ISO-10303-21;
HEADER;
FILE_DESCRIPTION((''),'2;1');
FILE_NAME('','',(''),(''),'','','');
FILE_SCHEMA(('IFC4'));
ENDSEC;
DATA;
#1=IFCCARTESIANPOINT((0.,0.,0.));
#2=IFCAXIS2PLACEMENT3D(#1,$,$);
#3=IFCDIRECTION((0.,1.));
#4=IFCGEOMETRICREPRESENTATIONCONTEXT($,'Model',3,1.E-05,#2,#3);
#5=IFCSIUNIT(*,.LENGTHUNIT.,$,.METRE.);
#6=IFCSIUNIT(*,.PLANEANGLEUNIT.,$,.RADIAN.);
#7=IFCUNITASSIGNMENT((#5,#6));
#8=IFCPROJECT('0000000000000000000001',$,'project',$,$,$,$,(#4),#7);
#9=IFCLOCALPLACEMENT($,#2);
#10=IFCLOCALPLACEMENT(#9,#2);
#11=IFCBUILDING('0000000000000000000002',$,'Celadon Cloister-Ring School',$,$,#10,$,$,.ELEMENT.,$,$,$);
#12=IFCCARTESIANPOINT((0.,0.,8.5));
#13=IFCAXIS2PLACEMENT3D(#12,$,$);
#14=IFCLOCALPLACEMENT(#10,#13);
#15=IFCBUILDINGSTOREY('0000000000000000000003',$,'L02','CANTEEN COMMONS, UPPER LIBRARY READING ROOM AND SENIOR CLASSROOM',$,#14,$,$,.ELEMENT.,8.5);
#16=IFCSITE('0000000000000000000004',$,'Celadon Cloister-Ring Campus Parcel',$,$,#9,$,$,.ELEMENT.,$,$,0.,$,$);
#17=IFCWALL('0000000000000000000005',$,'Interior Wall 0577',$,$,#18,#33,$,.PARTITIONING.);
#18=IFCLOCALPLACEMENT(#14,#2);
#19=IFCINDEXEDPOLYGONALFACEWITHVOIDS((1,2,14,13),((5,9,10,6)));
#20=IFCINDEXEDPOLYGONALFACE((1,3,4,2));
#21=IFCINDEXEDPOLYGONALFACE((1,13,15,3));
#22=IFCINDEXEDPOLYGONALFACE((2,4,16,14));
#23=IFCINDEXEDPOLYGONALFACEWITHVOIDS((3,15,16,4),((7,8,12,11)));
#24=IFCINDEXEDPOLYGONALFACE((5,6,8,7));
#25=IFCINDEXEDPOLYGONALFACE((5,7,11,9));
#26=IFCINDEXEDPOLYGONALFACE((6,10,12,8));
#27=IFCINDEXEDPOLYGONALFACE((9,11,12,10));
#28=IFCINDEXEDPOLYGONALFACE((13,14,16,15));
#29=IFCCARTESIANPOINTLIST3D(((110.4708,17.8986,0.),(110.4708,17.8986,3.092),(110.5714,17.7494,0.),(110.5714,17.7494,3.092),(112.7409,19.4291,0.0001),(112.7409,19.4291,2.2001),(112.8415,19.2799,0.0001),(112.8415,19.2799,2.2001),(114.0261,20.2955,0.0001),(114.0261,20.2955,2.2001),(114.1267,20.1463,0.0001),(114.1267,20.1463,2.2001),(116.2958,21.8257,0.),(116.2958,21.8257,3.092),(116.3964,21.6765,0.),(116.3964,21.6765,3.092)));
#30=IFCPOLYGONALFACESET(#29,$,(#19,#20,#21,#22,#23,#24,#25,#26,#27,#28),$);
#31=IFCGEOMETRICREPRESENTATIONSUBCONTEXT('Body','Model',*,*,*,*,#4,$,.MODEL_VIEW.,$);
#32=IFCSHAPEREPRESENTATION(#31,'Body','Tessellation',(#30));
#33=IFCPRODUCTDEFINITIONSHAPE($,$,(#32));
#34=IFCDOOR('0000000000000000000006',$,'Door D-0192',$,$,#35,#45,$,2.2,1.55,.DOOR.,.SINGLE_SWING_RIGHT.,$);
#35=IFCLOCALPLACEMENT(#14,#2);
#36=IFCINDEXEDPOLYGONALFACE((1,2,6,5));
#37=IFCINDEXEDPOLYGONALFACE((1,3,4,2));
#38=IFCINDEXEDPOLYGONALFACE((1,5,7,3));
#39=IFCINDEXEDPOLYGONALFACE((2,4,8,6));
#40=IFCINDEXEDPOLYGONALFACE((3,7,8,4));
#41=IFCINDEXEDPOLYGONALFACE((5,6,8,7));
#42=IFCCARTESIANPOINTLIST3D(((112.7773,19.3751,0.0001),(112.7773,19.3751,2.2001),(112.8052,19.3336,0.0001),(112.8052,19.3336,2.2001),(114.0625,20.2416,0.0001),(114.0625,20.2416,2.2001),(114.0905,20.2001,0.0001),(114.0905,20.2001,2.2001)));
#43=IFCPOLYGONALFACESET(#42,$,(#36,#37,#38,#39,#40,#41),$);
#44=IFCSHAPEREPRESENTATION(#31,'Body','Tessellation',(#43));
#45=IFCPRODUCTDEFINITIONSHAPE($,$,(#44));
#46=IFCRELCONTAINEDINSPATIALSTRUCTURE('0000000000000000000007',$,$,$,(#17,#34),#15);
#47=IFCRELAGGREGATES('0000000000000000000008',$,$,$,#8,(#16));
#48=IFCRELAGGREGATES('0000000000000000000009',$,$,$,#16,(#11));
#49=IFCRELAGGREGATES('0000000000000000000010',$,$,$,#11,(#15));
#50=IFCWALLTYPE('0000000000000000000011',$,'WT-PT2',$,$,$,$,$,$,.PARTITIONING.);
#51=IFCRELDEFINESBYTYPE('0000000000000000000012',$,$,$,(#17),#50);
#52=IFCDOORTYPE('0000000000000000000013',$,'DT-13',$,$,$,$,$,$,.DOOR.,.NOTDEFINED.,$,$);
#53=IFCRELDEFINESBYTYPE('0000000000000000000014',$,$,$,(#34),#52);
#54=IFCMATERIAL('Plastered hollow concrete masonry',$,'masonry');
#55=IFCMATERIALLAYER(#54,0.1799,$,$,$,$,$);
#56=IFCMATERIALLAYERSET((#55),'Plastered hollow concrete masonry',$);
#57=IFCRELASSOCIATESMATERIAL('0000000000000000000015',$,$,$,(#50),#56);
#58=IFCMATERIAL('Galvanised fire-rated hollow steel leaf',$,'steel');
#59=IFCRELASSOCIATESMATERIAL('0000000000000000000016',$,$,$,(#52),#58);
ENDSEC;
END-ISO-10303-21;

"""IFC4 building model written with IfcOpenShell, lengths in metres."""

from ifc_helpers import new_model, si_unit, direction, frame, frame_2d, origin, place, context, subcontext, project, spatial, rectangle, extrude, material, layer, layer_set, type_object, element, fill, save


model = new_model("IFC4")

# Units and contexts
model_context = context("Model", 3, precision=1e-05, world=origin(), true_north=direction((0.0, 1.0)))
body_context = subcontext(model_context, "Body", "Model", "MODEL_VIEW")
ifc_project = project(units=[si_unit("LENGTHUNIT", "METRE"), si_unit("PLANEANGLEUNIT", "RADIAN")], contexts=[model_context])

# Site, building, storey
site_placement = place(None, origin())
site = spatial("IfcSite", under=ifc_project, at=site_placement, Name="Celadon Cloister-Ring Campus Parcel", CompositionType="ELEMENT", RefElevation=0.0)
building_placement = place(site_placement, origin())
building = spatial("IfcBuilding", under=site, at=building_placement, Name="Celadon Cloister-Ring School", CompositionType="ELEMENT")
storey_placement = place(building_placement, frame((0.0, 0.0, 8.5)))
storey = spatial("IfcBuildingStorey", under=building, at=storey_placement, Name="L02", Description="CANTEEN COMMONS, UPPER LIBRARY READING ROOM AND SENIOR CLASSROOM", CompositionType="ELEMENT", Elevation=8.5)

# Wall, opening, door
ifc_material_1 = material(Name="Plastered hollow concrete masonry", Category="masonry")
ifc_layer_1 = layer(ifc_material_1, 0.1799)
ifc_layer_set_1 = layer_set([ifc_layer_1], Name="Plastered hollow concrete masonry")
wall_type_1 = type_object("IfcWallType", Name="WT-PT2", PredefinedType="PARTITIONING", material=ifc_layer_set_1)
wall_1_placement = place(storey_placement, frame((110.521, 17.824, 0.0), z_axis=(0.0, 0.0, 1.0), x_axis=(0.829168, 0.558999, 0.0)))
wall_1 = element("IfcWall", 1, at=wall_1_placement, inside=storey, type_object=wall_type_1, Name="Interior Wall 0577", PredefinedType="PARTITIONING", context=body_context, shape_type="SweptSolid", body=[
    extrude(rectangle(XDim=7.0251, YDim=0.1799, at=frame_2d((3.5127, 0.0))), origin(), (0.0, 0.0, 1.0), 3.092),
])
opening_1_placement = place(wall_1_placement, frame((2.738, 0.0, 0.0)))
opening_1 = element("IfcOpeningElement", 2, at=opening_1_placement, cuts=wall_1, PredefinedType="OPENING", context=body_context, shape_type="SweptSolid", body=[
    extrude(rectangle(XDim=1.55, YDim=2.2, at=frame_2d((0.7749, 1.1001))), frame((0.0, 0.1001, 0.0), z_axis=(0.0, -1.0, 0.0), x_axis=(1.0, 0.0, 0.0)), (0.0, 0.0, 1.0), 0.2),
])
ifc_material_2 = material(Name="Galvanised fire-rated hollow steel leaf", Category="steel")
door_type = type_object("IfcDoorType", Name="DT-13", OperationType="NOTDEFINED", PredefinedType="DOOR", material=ifc_material_2)
door_placement = place(opening_1_placement, origin())
door = element("IfcDoor", 3, at=door_placement, inside=storey, type_object=door_type, Name="Door D-0192", OperationType="SINGLE_SWING_RIGHT", OverallHeight=2.2, OverallWidth=1.55, PredefinedType="DOOR", context=body_context, shape_type="SweptSolid", body=[
    extrude(rectangle(XDim=1.55, YDim=2.2, at=frame_2d((0.7749, 1.1001))), frame((0.0, 0.0249, 0.0), z_axis=(0.0, -1.0, 0.0), x_axis=(1.0, 0.0, 0.0)), (0.0, 0.0, 1.0), 0.05),
])
fill(opening_1, door)

save(model, "model.ifc")
